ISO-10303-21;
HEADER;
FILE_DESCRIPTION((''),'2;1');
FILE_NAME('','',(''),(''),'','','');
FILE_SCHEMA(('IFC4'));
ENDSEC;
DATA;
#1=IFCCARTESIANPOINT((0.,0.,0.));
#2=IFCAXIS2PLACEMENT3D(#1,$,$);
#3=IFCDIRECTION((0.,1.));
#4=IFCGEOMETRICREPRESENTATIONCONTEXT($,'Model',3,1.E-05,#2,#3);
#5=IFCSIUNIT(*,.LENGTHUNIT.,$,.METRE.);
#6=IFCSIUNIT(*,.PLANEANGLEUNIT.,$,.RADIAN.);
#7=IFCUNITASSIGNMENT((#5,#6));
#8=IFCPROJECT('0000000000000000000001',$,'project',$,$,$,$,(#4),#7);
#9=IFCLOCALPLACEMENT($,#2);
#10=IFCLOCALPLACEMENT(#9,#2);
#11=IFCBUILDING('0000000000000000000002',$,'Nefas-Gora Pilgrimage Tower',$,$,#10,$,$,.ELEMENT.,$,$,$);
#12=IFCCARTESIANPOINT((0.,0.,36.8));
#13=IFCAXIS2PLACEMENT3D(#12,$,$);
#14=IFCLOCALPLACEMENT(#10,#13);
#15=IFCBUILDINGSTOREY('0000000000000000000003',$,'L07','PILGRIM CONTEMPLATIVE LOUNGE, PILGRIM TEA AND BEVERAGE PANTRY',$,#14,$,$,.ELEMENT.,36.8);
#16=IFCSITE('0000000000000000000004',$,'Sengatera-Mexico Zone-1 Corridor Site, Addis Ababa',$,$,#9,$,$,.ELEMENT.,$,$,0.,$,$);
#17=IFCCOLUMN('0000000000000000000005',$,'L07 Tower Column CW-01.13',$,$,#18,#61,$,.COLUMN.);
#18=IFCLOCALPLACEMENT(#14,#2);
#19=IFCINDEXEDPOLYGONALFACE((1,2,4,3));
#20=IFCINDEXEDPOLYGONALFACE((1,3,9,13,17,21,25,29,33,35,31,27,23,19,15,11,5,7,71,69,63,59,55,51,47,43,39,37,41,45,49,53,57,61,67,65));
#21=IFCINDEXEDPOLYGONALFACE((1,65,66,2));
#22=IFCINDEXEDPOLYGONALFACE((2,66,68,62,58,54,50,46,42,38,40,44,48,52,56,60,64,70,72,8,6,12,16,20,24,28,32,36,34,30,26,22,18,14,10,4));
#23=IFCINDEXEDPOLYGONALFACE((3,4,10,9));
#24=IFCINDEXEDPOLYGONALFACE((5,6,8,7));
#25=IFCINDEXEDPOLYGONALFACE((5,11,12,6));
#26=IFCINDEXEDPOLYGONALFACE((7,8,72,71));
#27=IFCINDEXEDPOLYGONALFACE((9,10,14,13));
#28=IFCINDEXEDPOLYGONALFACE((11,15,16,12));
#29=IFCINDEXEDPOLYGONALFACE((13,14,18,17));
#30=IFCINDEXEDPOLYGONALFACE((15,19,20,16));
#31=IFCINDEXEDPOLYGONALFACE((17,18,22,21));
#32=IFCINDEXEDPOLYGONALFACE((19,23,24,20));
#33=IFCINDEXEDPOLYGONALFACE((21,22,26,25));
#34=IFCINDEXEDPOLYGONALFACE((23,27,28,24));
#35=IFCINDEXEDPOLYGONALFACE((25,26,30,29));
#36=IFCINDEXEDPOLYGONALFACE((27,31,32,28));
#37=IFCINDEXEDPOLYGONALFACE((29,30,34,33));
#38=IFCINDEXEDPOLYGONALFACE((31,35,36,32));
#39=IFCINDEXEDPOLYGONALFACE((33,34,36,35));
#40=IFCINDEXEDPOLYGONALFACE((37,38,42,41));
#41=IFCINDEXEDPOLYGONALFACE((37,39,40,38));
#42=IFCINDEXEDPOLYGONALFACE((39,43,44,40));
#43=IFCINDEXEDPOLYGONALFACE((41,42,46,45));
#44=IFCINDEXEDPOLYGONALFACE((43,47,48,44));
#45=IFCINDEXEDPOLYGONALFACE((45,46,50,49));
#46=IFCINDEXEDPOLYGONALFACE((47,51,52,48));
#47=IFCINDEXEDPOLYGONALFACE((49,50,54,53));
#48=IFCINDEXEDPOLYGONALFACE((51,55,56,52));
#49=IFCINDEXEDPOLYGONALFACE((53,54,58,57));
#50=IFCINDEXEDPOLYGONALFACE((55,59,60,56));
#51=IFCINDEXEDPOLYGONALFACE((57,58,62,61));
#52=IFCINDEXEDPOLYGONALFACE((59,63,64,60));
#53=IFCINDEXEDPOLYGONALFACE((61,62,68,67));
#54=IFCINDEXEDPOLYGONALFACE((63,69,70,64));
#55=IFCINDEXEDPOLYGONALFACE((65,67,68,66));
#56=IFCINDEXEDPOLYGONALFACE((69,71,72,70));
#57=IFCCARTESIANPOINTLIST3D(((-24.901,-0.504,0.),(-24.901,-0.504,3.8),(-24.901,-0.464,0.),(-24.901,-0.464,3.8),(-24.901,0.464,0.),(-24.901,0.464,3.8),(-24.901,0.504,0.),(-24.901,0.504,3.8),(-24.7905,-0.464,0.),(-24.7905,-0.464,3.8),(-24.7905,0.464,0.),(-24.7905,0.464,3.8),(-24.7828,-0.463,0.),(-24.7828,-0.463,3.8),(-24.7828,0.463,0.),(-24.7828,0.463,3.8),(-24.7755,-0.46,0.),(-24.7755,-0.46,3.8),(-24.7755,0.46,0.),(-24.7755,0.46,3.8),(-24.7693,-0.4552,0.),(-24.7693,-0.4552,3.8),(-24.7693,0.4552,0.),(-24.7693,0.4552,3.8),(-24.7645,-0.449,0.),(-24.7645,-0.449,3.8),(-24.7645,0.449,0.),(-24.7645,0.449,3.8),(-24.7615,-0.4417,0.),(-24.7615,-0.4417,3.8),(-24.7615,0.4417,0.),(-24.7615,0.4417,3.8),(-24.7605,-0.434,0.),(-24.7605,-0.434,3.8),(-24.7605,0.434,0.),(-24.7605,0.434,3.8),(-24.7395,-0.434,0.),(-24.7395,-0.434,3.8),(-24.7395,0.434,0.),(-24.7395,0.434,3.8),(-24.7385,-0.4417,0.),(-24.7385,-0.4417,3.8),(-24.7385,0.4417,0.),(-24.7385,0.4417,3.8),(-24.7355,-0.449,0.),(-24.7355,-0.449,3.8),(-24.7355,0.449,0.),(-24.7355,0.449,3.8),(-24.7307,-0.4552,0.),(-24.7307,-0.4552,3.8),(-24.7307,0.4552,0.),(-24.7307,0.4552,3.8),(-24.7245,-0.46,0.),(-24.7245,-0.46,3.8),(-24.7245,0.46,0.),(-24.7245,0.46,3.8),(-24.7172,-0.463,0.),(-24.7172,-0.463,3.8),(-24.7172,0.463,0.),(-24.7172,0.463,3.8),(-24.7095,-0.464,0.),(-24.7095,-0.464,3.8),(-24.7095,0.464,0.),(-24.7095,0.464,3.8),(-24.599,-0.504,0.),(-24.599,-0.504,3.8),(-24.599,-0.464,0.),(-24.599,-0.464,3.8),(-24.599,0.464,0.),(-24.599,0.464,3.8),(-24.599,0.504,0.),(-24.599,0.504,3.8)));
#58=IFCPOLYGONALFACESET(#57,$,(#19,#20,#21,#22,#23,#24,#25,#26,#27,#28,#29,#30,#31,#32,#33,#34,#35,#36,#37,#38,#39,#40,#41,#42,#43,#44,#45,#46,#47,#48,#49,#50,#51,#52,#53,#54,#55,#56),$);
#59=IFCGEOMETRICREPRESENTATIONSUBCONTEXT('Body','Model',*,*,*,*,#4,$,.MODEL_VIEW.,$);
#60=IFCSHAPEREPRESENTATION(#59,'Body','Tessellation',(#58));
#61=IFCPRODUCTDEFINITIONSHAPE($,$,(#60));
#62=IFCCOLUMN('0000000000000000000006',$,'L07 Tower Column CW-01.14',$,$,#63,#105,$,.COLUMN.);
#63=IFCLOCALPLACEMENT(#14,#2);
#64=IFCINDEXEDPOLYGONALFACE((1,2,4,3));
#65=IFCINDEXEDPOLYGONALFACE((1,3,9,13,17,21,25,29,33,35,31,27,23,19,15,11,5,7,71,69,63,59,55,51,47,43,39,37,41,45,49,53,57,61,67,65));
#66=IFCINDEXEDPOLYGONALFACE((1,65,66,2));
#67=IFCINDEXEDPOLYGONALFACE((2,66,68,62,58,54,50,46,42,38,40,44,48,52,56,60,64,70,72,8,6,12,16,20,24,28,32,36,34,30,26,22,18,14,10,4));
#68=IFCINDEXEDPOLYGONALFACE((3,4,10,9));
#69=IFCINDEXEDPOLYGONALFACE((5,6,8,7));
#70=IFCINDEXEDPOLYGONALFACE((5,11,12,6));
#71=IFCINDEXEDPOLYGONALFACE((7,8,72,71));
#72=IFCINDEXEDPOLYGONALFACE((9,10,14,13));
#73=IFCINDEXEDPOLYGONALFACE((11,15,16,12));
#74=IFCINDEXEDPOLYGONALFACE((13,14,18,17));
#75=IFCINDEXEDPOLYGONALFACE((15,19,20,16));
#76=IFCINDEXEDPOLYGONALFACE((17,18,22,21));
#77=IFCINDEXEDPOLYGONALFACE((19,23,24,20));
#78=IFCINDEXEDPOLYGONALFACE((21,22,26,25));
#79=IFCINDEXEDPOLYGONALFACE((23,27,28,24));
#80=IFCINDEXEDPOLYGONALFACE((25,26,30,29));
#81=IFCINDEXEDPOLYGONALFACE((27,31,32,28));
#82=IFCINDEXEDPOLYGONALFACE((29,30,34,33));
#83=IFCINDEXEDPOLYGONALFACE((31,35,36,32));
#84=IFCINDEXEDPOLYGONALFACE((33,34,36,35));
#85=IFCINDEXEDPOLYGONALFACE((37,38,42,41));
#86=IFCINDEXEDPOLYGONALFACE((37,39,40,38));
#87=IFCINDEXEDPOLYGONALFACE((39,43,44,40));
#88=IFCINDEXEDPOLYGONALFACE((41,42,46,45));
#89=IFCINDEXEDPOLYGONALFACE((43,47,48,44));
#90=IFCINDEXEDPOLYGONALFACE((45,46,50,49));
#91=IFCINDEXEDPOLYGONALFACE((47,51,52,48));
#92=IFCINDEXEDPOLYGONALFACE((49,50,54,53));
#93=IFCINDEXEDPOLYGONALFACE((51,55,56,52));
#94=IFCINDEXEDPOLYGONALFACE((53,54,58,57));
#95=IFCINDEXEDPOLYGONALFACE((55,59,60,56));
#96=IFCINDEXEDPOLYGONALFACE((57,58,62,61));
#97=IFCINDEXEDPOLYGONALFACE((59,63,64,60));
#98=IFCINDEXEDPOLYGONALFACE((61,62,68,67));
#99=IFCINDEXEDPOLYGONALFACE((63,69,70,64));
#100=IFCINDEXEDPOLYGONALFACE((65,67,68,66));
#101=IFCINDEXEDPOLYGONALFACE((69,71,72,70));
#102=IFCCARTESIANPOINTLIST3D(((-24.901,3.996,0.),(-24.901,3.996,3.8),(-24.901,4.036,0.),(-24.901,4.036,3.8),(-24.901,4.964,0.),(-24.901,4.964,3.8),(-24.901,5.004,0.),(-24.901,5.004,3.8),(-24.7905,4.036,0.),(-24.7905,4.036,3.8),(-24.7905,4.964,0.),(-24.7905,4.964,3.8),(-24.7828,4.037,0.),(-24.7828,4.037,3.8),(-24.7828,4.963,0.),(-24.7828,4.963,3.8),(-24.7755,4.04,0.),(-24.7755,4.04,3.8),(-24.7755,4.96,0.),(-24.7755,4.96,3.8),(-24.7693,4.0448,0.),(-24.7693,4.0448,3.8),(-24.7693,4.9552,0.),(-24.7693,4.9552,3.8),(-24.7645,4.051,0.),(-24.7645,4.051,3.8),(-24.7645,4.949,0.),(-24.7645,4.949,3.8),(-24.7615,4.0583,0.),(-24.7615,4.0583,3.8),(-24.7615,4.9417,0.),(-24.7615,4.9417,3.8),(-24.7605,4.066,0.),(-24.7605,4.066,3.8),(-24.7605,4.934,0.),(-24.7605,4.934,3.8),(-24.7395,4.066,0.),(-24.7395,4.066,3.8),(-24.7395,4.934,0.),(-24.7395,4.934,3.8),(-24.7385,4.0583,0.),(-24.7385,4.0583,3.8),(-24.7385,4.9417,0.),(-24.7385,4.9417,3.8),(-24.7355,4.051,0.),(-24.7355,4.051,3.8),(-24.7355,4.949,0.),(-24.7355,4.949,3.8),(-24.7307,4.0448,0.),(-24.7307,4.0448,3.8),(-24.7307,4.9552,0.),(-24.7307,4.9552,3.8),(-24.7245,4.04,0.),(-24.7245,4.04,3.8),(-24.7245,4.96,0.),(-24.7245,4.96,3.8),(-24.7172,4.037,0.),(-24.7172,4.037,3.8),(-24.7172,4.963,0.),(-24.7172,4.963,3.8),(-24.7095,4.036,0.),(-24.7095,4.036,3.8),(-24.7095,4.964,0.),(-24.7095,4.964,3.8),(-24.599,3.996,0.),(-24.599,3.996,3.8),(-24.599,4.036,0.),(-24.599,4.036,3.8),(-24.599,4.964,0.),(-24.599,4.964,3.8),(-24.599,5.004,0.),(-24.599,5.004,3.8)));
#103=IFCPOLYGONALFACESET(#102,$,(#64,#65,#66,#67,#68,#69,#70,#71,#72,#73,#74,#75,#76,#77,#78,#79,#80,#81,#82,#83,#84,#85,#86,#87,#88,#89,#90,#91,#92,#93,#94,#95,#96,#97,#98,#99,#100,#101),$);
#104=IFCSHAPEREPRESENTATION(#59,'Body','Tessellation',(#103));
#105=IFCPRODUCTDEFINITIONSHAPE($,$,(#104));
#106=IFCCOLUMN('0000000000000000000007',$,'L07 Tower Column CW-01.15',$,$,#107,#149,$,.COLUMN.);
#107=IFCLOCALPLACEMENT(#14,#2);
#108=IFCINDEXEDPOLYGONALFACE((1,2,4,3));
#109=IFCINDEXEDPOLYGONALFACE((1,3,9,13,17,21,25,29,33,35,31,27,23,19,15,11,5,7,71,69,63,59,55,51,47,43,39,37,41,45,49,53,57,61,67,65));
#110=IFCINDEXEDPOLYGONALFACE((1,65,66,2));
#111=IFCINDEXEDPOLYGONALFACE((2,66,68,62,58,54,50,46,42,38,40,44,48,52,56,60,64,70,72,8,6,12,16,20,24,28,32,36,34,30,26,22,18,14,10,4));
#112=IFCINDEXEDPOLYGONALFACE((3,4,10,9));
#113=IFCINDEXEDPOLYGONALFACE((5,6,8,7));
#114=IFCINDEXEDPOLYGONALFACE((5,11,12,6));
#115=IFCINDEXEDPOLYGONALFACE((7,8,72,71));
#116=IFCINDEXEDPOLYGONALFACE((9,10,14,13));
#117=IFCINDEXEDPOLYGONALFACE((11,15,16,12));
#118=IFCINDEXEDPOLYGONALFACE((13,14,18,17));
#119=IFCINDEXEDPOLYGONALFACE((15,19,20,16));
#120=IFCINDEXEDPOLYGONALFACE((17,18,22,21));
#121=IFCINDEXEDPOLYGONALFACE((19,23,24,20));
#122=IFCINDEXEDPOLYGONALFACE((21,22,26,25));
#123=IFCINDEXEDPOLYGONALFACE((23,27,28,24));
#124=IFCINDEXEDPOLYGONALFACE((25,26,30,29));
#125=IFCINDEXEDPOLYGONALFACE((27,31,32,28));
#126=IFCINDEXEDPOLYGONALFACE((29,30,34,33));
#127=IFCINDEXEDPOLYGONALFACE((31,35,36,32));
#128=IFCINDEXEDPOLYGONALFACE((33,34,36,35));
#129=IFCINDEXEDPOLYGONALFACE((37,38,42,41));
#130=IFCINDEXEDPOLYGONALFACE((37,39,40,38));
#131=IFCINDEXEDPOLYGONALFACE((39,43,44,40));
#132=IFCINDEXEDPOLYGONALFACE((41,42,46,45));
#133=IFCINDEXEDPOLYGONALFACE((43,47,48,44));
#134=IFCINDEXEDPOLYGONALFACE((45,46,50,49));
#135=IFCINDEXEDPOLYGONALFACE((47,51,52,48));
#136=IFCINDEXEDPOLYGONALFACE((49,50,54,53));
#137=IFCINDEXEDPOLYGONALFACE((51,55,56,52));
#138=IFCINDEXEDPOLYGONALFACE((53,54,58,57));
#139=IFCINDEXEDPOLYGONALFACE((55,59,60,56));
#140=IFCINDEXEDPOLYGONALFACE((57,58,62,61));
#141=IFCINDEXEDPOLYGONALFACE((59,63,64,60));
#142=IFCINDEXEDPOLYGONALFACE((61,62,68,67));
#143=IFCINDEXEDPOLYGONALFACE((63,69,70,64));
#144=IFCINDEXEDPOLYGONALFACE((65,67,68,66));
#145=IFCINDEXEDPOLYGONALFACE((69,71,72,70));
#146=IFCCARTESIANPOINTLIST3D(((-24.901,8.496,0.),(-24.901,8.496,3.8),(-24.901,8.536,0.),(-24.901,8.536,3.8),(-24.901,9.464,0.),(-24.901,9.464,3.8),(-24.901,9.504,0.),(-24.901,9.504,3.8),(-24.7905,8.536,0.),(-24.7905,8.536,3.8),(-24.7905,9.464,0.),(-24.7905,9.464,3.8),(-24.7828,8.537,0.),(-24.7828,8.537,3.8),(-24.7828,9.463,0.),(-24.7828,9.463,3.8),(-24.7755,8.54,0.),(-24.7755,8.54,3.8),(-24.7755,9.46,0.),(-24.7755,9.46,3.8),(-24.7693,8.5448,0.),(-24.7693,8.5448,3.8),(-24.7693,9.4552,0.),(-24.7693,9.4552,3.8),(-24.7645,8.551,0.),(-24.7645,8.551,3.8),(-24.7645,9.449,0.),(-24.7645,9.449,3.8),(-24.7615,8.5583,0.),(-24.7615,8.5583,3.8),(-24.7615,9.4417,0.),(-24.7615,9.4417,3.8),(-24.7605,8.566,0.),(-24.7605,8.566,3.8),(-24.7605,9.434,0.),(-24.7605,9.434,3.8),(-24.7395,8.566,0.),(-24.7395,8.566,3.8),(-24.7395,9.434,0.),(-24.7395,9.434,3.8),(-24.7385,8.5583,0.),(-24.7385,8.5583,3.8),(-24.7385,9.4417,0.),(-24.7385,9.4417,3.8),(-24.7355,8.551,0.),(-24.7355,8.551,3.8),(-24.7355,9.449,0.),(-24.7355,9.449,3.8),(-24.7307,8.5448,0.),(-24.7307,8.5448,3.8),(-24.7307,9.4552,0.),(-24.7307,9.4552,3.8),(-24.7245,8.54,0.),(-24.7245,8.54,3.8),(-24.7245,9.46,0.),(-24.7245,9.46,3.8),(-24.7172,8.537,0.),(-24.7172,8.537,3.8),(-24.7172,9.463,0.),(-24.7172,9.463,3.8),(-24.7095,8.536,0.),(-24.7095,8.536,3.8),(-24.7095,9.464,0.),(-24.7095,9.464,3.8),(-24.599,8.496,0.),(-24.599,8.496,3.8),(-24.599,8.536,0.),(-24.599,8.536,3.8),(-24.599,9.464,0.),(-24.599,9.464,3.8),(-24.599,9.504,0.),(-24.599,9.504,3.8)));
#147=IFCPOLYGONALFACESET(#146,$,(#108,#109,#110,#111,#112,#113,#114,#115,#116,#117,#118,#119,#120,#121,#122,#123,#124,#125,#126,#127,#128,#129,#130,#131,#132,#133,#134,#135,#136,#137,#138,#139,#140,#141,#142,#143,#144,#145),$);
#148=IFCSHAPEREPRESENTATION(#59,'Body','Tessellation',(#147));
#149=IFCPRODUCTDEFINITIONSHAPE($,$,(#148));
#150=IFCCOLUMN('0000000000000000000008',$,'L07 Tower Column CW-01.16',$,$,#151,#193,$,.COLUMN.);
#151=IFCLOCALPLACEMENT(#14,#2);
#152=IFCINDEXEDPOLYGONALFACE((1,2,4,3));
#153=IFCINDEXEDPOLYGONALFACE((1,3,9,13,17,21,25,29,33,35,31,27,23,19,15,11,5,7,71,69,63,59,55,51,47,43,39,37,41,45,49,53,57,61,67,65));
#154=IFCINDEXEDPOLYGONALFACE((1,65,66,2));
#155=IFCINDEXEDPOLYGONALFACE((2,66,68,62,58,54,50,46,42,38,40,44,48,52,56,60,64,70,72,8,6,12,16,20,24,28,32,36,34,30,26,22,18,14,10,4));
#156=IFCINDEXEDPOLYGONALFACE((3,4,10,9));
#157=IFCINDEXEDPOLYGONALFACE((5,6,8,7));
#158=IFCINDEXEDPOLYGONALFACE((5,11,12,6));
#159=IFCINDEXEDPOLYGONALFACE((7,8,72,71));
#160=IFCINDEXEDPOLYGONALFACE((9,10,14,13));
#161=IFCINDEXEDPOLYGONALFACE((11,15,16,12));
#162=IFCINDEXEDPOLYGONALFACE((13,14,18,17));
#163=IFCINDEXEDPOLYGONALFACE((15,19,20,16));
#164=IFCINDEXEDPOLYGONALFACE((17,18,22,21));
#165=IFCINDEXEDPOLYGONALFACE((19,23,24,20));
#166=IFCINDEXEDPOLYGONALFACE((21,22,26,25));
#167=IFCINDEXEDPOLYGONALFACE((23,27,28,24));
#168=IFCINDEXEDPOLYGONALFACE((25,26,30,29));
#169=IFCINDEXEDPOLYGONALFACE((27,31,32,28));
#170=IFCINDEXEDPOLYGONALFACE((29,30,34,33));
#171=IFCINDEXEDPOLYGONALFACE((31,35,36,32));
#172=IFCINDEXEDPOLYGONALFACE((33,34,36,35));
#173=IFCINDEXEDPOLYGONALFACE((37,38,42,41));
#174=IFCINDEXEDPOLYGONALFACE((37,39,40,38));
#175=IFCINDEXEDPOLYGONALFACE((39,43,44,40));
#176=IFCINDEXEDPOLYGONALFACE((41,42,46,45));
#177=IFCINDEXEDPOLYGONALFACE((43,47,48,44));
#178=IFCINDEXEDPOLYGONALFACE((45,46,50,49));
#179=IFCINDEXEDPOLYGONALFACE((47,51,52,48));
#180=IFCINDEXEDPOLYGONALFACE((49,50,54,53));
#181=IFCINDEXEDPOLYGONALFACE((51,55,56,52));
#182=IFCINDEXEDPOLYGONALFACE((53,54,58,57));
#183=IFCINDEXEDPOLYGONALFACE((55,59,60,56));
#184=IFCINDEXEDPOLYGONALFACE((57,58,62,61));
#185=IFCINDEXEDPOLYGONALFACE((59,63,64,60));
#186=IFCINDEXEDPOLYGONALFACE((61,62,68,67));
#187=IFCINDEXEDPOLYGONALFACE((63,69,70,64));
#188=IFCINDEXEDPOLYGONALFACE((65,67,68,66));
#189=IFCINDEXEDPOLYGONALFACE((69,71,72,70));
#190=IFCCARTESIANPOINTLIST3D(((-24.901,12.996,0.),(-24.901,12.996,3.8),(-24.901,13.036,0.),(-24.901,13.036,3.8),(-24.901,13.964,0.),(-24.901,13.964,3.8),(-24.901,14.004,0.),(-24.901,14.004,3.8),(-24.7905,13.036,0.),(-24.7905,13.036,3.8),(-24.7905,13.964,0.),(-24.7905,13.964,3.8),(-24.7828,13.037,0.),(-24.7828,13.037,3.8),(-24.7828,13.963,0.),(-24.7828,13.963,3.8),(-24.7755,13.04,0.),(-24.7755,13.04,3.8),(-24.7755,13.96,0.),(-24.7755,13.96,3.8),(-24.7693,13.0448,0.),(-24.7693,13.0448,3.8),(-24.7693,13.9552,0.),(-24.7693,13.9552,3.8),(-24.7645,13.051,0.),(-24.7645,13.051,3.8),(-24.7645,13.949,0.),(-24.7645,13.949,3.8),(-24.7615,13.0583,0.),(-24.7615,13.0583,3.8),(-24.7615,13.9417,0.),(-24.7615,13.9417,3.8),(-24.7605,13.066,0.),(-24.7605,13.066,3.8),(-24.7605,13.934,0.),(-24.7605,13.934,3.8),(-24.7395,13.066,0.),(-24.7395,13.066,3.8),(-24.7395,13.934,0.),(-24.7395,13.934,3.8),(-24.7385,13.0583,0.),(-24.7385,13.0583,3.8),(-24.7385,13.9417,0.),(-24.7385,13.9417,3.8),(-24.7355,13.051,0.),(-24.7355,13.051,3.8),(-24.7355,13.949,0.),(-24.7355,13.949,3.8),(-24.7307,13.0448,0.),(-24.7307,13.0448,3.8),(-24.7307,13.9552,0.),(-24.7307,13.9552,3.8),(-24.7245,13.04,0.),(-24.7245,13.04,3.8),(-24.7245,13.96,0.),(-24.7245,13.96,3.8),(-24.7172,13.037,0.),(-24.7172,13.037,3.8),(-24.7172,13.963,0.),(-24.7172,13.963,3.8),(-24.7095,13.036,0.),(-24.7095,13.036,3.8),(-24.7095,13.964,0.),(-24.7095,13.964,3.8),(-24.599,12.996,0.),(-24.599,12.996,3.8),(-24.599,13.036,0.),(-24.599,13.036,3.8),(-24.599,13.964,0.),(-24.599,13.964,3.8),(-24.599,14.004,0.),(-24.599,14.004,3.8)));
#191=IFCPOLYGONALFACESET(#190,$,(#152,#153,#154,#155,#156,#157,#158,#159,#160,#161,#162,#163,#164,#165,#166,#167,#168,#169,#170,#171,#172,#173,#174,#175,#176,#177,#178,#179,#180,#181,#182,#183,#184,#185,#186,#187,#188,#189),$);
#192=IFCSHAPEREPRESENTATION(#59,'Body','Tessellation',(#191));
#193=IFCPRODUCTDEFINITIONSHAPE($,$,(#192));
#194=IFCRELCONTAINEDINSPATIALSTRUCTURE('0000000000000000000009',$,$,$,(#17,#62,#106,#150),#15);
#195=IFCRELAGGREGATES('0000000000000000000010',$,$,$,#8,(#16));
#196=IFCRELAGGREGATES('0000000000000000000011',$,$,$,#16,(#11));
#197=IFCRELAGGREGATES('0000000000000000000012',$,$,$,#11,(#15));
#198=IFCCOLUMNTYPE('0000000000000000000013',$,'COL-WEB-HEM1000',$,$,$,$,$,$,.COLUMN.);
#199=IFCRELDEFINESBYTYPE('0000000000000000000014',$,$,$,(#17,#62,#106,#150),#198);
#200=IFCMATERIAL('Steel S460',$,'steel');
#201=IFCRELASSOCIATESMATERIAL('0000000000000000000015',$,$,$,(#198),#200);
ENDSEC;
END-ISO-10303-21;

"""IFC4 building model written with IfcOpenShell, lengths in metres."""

from ifc_helpers import new_model, si_unit, direction, frame, origin, origin_2d, place, context, subcontext, project, spatial, i_section, extrude, source, transform, mapped, material, material_profile, profile_set, type_object, element, save


model = new_model("IFC4")

# Units and contexts
model_context = context("Model", 3, precision=1e-05, world=origin(), true_north=direction((0.0, 1.0)))
body_context = subcontext(model_context, "Body", "Model", "MODEL_VIEW")
ifc_project = project(units=[si_unit("LENGTHUNIT", "METRE"), si_unit("PLANEANGLEUNIT", "RADIAN")], contexts=[model_context])

# Site, building, storey
site_placement = place(None, origin())
site = spatial("IfcSite", under=ifc_project, at=site_placement, Name="Sengatera-Mexico Zone-1 Corridor Site, Addis Ababa", CompositionType="ELEMENT", RefElevation=0.0)
building_placement = place(site_placement, origin())
building = spatial("IfcBuilding", under=site, at=building_placement, Name="Nefas-Gora Pilgrimage Tower", CompositionType="ELEMENT")
storey_placement = place(building_placement, frame((0.0, 0.0, 36.8)))
storey = spatial("IfcBuildingStorey", under=building, at=storey_placement, Name="L07", Description="PILGRIM CONTEMPLATIVE LOUNGE, PILGRIM TEA AND BEVERAGE PANTRY", CompositionType="ELEMENT", Elevation=36.8)

# Columns
ifc_material_1 = material(Name="Steel S460", Category="steel")
ifc_material_profile_1 = material_profile(ifc_material_1, i_section(OverallWidth=0.302, OverallDepth=1.0081, WebThickness=0.021, FlangeThickness=0.04, FilletRadius=0.03, at=origin_2d()), Name="HEM 1000")
ifc_profile_set_1 = profile_set([ifc_material_profile_1], Name="Steel S460")
column_type_1 = type_object("IfcColumnType", Name="COL-WEB-HEM1000", PredefinedType="COLUMN", material=ifc_profile_set_1)
shared_shape_1 = source(origin(), body_context, "Body", "SweptSolid", [
    extrude(i_section(OverallWidth=0.302, OverallDepth=1.0081, WebThickness=0.021, FlangeThickness=0.04, FilletRadius=0.03, at=origin_2d()), origin(), (0.0, 0.0, 1.0), 3.8),
])
for number, where, z_axis, x_axis, name in (
    (1, (-24.75, 0.0, 0.0), (0.0, 0.0, 1.0), (1.0, 0.0, 0.0), "L07 Tower Column CW-01.13"),
    (2, (-24.75, 4.5, 0.0), (0.0, 0.0, 1.0), (1.0, 0.0, 0.0), "L07 Tower Column CW-01.14"),
    (3, (-24.75, 9.0, 0.0), (0.0, 0.0, 1.0), (1.0, 0.0, 0.0), "L07 Tower Column CW-01.15"),
    (4, (-24.75, 13.5, 0.0), (0.0, 0.0, 1.0), (1.0, 0.0, 0.0), "L07 Tower Column CW-01.16"),
):
    element("IfcColumn", number, at=place(storey_placement, frame(where, z_axis=z_axis, x_axis=x_axis)), inside=storey, type_object=column_type_1, Name=name, PredefinedType="COLUMN", context=body_context, shape_type="MappedRepresentation", body=[
        mapped(shared_shape_1, transform((0.0, 0.0, 0.0), x_axis=(1.0, 0.0, 0.0), y_axis=(0.0, 1.0, 0.0), z_axis=(0.0, 0.0, 1.0), scale=1.0)),
    ])

save(model, "model.ifc")
